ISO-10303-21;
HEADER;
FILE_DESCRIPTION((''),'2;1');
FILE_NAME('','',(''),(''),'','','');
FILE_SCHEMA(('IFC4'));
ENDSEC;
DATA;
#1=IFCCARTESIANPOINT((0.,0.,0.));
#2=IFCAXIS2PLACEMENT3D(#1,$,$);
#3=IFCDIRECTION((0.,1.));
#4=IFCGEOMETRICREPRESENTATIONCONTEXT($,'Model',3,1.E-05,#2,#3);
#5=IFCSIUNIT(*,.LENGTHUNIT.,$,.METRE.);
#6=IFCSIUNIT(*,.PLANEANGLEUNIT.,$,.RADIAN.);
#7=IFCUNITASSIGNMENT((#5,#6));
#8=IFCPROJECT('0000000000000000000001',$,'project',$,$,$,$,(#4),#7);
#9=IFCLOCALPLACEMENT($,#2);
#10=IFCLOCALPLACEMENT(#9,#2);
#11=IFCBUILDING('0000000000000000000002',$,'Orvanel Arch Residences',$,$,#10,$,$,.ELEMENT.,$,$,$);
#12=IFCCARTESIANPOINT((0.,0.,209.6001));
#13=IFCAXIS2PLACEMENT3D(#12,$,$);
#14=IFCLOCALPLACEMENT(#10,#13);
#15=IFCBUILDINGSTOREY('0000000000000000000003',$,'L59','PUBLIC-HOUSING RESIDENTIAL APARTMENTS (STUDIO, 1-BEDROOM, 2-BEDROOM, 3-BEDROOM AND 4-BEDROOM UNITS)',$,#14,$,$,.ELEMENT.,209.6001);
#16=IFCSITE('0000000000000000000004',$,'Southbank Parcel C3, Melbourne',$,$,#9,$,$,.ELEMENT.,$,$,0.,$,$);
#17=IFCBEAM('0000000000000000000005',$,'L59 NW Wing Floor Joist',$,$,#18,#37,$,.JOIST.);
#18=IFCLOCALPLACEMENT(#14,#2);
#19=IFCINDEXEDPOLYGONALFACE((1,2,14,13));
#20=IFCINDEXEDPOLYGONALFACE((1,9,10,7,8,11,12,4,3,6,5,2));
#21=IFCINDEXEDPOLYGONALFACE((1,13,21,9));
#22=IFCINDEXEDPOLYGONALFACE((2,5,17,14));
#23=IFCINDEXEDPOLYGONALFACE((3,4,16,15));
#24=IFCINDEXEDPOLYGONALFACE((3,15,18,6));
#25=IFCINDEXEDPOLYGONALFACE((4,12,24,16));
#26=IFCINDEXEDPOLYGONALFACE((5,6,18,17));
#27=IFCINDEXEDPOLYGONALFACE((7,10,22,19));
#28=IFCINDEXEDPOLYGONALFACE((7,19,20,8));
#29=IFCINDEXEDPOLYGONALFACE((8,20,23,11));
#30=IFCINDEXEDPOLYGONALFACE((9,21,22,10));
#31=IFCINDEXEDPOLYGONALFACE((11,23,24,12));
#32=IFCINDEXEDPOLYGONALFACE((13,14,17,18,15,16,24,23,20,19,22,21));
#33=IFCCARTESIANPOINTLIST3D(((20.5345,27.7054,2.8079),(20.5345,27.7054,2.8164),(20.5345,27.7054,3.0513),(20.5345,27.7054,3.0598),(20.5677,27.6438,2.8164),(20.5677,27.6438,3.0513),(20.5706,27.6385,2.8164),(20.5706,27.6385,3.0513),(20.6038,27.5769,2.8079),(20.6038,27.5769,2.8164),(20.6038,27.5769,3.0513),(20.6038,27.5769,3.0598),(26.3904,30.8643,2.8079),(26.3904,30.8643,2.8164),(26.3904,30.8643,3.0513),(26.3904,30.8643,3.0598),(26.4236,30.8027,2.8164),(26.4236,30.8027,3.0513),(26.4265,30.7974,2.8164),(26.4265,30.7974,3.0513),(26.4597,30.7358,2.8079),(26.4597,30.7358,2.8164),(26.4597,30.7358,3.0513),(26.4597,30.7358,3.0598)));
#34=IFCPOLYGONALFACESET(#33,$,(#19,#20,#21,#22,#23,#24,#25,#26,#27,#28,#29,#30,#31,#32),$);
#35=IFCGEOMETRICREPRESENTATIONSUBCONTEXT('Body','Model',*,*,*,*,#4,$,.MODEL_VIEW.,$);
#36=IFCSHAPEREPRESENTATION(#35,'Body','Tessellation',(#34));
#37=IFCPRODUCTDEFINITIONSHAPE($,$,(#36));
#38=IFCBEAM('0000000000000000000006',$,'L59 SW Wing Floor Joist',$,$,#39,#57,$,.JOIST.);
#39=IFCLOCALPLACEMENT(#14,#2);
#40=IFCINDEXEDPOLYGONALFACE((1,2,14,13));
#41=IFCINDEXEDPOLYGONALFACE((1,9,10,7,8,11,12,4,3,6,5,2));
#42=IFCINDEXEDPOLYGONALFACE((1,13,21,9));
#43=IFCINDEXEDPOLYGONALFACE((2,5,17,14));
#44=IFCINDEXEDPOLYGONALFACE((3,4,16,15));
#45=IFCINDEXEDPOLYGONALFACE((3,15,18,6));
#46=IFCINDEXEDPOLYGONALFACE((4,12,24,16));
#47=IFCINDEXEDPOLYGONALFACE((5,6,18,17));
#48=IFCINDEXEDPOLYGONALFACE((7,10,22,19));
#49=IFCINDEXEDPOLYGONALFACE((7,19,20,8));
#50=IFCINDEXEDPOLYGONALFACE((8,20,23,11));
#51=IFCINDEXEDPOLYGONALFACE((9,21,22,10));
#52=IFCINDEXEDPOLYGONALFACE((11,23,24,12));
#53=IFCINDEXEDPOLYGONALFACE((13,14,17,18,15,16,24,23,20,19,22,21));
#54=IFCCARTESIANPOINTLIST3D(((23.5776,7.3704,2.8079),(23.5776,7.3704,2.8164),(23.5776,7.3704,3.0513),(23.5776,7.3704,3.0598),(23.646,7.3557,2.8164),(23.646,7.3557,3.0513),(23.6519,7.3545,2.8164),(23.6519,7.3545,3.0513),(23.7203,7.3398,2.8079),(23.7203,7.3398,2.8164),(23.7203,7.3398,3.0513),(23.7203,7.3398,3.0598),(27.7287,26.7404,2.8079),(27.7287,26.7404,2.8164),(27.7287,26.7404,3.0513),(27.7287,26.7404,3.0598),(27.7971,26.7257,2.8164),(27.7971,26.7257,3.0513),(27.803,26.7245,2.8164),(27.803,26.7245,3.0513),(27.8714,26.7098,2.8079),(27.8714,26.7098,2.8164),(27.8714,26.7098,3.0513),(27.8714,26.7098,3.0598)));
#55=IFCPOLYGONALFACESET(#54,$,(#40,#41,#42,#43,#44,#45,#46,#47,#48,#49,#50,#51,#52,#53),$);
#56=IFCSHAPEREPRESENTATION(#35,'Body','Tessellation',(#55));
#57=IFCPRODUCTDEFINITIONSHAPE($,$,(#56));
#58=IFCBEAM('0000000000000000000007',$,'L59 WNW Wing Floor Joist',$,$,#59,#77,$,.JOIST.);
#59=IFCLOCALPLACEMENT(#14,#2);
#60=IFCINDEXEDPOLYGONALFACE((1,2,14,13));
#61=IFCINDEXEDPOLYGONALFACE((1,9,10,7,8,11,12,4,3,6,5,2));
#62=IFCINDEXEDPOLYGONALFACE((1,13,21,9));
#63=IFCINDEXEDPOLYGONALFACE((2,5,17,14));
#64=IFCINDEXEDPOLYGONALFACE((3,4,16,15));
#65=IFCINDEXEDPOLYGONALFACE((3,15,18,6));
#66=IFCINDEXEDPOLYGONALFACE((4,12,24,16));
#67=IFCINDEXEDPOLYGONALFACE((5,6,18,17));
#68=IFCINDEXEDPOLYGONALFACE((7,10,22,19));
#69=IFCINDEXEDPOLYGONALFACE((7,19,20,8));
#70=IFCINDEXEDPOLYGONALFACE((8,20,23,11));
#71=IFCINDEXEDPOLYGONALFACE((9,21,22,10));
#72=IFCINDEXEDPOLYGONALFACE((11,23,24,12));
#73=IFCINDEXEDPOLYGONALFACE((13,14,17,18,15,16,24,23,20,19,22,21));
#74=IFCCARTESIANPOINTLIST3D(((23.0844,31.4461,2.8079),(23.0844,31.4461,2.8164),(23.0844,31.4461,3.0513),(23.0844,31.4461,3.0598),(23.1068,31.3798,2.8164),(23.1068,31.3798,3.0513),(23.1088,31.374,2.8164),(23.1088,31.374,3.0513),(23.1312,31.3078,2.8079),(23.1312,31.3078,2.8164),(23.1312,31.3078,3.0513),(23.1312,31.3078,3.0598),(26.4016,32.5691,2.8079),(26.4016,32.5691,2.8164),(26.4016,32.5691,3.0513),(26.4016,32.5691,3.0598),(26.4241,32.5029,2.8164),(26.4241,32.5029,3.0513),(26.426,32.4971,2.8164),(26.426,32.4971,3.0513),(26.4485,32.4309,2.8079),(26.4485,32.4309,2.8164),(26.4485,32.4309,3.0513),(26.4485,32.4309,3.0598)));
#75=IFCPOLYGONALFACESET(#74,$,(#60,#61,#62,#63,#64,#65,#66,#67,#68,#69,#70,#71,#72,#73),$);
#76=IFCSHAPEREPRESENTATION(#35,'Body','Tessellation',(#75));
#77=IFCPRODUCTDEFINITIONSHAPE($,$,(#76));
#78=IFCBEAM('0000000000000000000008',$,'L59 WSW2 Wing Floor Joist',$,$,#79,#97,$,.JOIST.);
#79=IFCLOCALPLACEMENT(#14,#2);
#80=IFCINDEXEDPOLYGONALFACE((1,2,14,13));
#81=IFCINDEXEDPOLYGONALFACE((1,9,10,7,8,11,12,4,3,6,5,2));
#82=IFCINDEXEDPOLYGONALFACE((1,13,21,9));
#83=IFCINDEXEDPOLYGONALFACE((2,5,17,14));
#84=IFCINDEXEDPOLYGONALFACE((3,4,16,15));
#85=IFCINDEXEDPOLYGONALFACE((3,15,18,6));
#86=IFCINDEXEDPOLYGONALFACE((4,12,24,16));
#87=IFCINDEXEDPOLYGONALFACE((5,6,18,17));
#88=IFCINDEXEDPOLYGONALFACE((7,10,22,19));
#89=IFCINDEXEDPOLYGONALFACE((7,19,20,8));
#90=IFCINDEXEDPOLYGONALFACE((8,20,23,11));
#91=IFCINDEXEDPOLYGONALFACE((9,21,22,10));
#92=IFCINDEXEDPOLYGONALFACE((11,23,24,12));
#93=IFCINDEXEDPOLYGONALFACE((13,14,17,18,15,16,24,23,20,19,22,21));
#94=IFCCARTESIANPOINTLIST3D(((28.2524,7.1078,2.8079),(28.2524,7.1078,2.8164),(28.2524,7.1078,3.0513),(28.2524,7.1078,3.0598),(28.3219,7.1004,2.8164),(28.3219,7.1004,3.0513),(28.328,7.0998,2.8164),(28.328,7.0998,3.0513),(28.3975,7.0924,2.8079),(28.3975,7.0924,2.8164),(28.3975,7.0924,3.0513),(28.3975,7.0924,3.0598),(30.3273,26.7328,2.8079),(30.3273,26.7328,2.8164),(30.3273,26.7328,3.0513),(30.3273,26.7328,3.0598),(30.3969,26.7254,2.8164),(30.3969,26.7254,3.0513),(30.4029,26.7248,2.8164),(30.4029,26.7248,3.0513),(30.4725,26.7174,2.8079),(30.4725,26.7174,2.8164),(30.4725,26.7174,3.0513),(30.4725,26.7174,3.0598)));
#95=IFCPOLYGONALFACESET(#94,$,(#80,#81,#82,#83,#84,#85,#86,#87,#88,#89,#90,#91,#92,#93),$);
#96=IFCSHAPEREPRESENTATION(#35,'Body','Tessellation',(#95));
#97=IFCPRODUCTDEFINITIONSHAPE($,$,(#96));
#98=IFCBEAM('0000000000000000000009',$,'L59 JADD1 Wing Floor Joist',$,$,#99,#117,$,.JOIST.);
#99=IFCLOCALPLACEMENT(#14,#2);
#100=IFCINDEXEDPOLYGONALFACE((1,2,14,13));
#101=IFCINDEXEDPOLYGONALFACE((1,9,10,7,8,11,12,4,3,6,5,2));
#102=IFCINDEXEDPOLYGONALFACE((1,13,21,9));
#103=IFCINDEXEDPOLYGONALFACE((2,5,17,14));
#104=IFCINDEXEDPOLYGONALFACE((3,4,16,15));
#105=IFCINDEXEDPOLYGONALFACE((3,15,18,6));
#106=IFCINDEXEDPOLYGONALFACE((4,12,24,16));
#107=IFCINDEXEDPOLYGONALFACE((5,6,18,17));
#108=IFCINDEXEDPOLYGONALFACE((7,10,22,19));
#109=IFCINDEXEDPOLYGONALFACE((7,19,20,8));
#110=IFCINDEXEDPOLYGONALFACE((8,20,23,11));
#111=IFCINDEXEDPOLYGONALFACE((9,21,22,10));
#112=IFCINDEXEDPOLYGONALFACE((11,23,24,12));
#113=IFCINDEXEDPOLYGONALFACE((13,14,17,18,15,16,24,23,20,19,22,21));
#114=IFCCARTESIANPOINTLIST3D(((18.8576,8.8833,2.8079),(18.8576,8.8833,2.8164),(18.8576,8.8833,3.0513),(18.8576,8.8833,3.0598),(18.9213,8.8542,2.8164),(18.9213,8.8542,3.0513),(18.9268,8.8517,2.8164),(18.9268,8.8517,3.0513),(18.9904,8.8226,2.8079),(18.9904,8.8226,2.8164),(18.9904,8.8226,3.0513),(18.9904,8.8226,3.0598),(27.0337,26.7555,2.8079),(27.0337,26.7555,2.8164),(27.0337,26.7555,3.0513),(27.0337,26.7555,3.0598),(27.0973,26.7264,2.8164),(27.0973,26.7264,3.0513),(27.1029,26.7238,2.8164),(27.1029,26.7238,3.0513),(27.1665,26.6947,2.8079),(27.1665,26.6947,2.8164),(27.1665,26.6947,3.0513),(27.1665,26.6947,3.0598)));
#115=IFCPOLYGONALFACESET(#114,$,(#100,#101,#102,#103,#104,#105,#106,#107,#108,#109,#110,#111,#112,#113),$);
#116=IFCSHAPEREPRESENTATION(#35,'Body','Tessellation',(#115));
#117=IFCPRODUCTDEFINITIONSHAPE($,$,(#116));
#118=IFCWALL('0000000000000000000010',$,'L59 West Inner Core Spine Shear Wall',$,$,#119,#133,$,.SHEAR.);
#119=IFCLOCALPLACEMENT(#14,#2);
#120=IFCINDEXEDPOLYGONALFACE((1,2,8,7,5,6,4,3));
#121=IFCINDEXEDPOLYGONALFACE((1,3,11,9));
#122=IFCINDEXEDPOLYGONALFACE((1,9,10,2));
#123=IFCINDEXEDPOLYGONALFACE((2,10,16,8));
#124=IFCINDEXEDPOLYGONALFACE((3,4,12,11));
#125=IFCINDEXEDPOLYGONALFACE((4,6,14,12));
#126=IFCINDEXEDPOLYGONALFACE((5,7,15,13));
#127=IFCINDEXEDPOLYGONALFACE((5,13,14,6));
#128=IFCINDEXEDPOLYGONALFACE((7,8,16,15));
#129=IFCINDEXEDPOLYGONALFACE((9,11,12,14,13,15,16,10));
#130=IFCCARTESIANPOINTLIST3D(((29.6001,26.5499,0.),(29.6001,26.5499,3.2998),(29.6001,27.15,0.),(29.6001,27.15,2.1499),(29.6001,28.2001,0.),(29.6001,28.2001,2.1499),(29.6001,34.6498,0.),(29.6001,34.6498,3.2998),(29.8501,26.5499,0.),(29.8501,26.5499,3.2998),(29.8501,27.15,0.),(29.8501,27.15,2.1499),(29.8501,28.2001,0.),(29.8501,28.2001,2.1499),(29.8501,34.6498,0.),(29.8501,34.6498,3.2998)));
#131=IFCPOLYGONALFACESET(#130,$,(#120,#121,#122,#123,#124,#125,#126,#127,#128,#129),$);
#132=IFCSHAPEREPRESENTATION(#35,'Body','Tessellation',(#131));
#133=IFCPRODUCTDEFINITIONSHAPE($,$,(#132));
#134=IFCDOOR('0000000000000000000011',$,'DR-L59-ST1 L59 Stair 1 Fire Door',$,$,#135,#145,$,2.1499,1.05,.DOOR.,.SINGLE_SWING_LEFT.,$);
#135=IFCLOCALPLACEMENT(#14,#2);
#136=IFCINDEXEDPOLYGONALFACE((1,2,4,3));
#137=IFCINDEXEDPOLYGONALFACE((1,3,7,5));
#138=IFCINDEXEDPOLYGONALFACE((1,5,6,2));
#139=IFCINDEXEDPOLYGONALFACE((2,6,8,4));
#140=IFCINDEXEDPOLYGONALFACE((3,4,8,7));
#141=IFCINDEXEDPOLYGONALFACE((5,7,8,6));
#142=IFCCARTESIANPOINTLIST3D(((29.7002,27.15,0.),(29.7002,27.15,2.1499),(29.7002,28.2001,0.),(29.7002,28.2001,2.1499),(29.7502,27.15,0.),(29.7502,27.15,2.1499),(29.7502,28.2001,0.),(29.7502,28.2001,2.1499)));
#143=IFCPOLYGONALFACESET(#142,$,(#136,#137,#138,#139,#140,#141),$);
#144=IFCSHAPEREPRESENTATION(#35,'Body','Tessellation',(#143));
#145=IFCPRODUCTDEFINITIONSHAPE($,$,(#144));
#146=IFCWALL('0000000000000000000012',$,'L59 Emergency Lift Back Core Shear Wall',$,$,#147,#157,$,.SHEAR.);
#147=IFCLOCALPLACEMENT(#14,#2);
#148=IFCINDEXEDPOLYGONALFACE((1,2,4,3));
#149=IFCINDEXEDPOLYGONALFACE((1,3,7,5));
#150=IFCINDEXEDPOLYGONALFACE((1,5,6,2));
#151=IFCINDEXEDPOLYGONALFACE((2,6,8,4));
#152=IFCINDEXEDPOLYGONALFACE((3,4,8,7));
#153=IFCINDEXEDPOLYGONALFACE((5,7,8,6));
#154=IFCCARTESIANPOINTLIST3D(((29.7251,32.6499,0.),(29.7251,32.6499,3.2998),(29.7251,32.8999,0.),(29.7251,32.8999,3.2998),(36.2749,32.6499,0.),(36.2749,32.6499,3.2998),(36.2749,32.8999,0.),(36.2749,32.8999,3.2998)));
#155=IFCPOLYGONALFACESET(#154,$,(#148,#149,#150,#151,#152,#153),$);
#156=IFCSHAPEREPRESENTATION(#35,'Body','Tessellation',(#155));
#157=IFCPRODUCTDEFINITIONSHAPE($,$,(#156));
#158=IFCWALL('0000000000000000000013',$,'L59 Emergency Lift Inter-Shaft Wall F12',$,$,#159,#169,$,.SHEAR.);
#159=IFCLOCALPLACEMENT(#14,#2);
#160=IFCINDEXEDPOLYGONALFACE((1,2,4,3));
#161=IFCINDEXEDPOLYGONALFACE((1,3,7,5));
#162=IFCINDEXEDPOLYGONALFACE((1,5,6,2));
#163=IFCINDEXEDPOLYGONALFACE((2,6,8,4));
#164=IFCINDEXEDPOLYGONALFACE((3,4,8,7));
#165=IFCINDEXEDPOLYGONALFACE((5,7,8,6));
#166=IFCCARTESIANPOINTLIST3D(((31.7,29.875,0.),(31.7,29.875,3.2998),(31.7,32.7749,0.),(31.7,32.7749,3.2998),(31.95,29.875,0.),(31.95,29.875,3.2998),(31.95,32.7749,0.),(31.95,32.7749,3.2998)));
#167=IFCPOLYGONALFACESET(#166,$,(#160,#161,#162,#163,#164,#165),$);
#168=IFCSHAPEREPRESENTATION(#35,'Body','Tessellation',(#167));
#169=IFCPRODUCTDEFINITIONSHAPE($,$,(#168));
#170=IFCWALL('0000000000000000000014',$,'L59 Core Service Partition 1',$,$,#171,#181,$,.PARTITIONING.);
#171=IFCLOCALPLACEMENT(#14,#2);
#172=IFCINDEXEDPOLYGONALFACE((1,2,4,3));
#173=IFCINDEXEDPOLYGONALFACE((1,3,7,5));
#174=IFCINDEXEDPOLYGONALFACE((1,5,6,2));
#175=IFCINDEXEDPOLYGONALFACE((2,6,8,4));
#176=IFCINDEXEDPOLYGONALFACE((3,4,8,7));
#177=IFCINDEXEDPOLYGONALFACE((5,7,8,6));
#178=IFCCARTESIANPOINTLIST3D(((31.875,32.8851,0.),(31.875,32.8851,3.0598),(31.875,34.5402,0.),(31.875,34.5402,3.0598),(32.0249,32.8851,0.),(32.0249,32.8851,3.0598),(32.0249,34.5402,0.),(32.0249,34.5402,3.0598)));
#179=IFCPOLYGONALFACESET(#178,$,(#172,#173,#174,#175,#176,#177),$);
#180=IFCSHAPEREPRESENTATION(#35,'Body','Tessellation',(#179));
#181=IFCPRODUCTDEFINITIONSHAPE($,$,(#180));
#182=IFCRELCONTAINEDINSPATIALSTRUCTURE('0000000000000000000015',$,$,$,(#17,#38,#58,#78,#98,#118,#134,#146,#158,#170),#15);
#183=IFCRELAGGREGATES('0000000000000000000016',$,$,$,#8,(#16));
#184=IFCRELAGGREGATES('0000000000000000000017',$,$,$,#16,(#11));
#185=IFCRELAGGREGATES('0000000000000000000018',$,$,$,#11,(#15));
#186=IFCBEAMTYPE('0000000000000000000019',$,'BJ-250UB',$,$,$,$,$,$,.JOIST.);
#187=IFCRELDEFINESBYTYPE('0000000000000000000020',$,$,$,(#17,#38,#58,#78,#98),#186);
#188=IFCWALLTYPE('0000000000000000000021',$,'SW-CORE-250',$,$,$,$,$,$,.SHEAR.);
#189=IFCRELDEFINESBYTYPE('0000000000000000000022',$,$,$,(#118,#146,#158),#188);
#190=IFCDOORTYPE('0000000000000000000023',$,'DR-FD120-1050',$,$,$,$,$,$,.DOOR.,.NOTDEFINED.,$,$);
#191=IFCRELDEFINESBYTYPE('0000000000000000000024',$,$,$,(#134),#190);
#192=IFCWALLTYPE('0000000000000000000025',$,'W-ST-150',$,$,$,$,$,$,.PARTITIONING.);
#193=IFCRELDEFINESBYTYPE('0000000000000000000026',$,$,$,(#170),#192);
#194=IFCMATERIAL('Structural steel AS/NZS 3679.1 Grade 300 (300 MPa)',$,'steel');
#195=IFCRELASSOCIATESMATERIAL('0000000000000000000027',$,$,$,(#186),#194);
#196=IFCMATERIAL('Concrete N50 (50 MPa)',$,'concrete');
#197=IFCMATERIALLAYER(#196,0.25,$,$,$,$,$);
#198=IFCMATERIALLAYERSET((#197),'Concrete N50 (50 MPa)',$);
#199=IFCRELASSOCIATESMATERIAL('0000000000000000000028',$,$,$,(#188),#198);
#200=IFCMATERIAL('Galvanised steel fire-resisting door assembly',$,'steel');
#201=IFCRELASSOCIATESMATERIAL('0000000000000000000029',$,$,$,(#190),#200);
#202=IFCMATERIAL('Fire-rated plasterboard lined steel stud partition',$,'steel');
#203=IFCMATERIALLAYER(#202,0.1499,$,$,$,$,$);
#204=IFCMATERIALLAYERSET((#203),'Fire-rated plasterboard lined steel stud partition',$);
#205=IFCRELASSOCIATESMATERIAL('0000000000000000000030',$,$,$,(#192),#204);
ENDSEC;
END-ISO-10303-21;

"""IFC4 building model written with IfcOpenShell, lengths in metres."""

from ifc_helpers import new_model, si_unit, direction, frame, frame_2d, origin, origin_2d, place, context, subcontext, project, spatial, rectangle, i_section, extrude, material, layer, layer_set, material_profile, profile_set, type_object, element, fill, save


model = new_model("IFC4")

# Units and contexts
model_context = context("Model", 3, precision=1e-05, world=origin(), true_north=direction((0.0, 1.0)))
body_context = subcontext(model_context, "Body", "Model", "MODEL_VIEW")
ifc_project = project(units=[si_unit("LENGTHUNIT", "METRE"), si_unit("PLANEANGLEUNIT", "RADIAN")], contexts=[model_context])

# Site, building, storey
site_placement = place(None, origin())
site = spatial("IfcSite", under=ifc_project, at=site_placement, Name="Southbank Parcel C3, Melbourne", CompositionType="ELEMENT", RefElevation=0.0)
building_placement = place(site_placement, origin())
building = spatial("IfcBuilding", under=site, at=building_placement, Name="Orvanel Arch Residences", CompositionType="ELEMENT")
storey_placement = place(building_placement, frame((0.0, 0.0, 209.6001)))
storey = spatial("IfcBuildingStorey", under=building, at=storey_placement, Name="L59", Description="PUBLIC-HOUSING RESIDENTIAL APARTMENTS (STUDIO, 1-BEDROOM, 2-BEDROOM, 3-BEDROOM AND 4-BEDROOM UNITS)", CompositionType="ELEMENT", Elevation=209.6001)

# Beams
ifc_material_1 = material(Name="Structural steel AS/NZS 3679.1 Grade 300 (300 MPa)", Category="steel")
ifc_material_profile = material_profile(ifc_material_1, i_section(OverallWidth=0.146, OverallDepth=0.252, WebThickness=0.0061, FlangeThickness=0.0085, at=origin_2d()), Name="250UB31.4")
ifc_profile_set = profile_set([ifc_material_profile], Name="Structural steel AS/NZS 3679.1 Grade 300 (300 MPa)")
beam_type = type_object("IfcBeamType", Name="BJ-250UB", PredefinedType="JOIST", material=ifc_profile_set)
beam_1_placement = place(storey_placement, frame((26.425, 30.8, 2.9338), z_axis=(-0.880111, -0.474767, 0.0), x_axis=(0.474767, -0.880111, 0.0)))
element("IfcBeam", 1, at=beam_1_placement, inside=storey, type_object=beam_type, Name="L59 NW Wing Floor Joist", PredefinedType="JOIST", context=body_context, shape_type="SweptSolid", body=[
    extrude(i_section(OverallWidth=0.146, OverallDepth=0.252, WebThickness=0.0061, FlangeThickness=0.0085, at=origin_2d()), origin(), (0.0, 0.0, 1.0), 6.6536),
])
beam_2_placement = place(storey_placement, frame((27.8, 26.7251, 2.9338), z_axis=(-0.209548, -0.977798, 0.0), x_axis=(0.977798, -0.209548, 0.0)))
element("IfcBeam", 2, at=beam_2_placement, inside=storey, type_object=beam_type, Name="L59 SW Wing Floor Joist", PredefinedType="JOIST", context=body_context, shape_type="SweptSolid", body=[
    extrude(i_section(OverallWidth=0.146, OverallDepth=0.252, WebThickness=0.0061, FlangeThickness=0.0085, at=origin_2d()), origin(), (0.0, 0.0, 1.0), 19.8098),
])
beam_3_placement = place(storey_placement, frame((26.425, 32.5, 2.9338), z_axis=(-0.947188, -0.320679, 0.0), x_axis=(0.320679, -0.947188, 0.0)))
element("IfcBeam", 3, at=beam_3_placement, inside=storey, type_object=beam_type, Name="L59 WNW Wing Floor Joist", PredefinedType="JOIST", context=body_context, shape_type="SweptSolid", body=[
    extrude(i_section(OverallWidth=0.146, OverallDepth=0.252, WebThickness=0.0061, FlangeThickness=0.0085, at=origin_2d()), origin(), (0.0, 0.0, 1.0), 3.5022),
])
beam_4_placement = place(storey_placement, frame((30.3999, 26.7251, 2.9338), z_axis=(-0.105144, -0.994457, 0.0), x_axis=(0.994457, -0.105144, 0.0)))
element("IfcBeam", 4, at=beam_4_placement, inside=storey, type_object=beam_type, Name="L59 WSW2 Wing Floor Joist", PredefinedType="JOIST", context=body_context, shape_type="SweptSolid", body=[
    extrude(i_section(OverallWidth=0.146, OverallDepth=0.252, WebThickness=0.0061, FlangeThickness=0.0085, at=origin_2d()), origin(), (0.0, 0.0, 1.0), 19.7344),
])
beam_5_placement = place(storey_placement, frame((27.1001, 26.7251, 2.9338), z_axis=(-0.41601, -0.90936, 0.0), x_axis=(0.90936, -0.41601, 0.0)))
element("IfcBeam", 5, at=beam_5_placement, inside=storey, type_object=beam_type, Name="L59 JADD1 Wing Floor Joist", PredefinedType="JOIST", context=body_context, shape_type="SweptSolid", body=[
    extrude(i_section(OverallWidth=0.146, OverallDepth=0.252, WebThickness=0.0061, FlangeThickness=0.0085, at=origin_2d()), origin(), (0.0, 0.0, 1.0), 19.6536),
])

# Wall, opening, door
ifc_material_2 = material(Name="Concrete N50 (50 MPa)", Category="concrete")
ifc_layer_1 = layer(ifc_material_2, 0.25)
ifc_layer_set_1 = layer_set([ifc_layer_1], Name="Concrete N50 (50 MPa)")
wall_type_1 = type_object("IfcWallType", Name="SW-CORE-250", PredefinedType="SHEAR", material=ifc_layer_set_1)
wall_1_placement = place(storey_placement, frame((29.7251, 26.55, 0.0), z_axis=(0.0, 0.0, 1.0), x_axis=(0.0, 1.0, 0.0)))
wall_1 = element("IfcWall", 6, at=wall_1_placement, inside=storey, type_object=wall_type_1, Name="L59 West Inner Core Spine Shear Wall", PredefinedType="SHEAR", context=body_context, shape_type="SweptSolid", body=[
    extrude(rectangle(XDim=8.0999, YDim=0.25, at=frame_2d((4.0498, 0.0))), origin(), (0.0, 0.0, 1.0), 3.2998),
])
opening_1_placement = place(wall_1_placement, frame((0.6001, 0.0, 0.0)))
opening_1 = element("IfcOpeningElement", 7, at=opening_1_placement, cuts=wall_1, PredefinedType="OPENING", context=body_context, shape_type="SweptSolid", body=[
    extrude(rectangle(XDim=1.05, YDim=2.1499, at=frame_2d((0.5249, 1.075))), frame((0.0, 0.135, 0.0), z_axis=(0.0, -1.0, 0.0), x_axis=(1.0, 0.0, 0.0)), (0.0, 0.0, 1.0), 0.27),
])
ifc_material_3 = material(Name="Galvanised steel fire-resisting door assembly", Category="steel")
door_type_1 = type_object("IfcDoorType", Name="DR-FD120-1050", OperationType="NOTDEFINED", PredefinedType="DOOR", material=ifc_material_3)
door_1_placement = place(opening_1_placement, origin())
door_1 = element("IfcDoor", 8, at=door_1_placement, inside=storey, type_object=door_type_1, Name="DR-L59-ST1 L59 Stair 1 Fire Door", OperationType="SINGLE_SWING_LEFT", OverallHeight=2.1499, OverallWidth=1.05, PredefinedType="DOOR", context=body_context, shape_type="SweptSolid", body=[
    extrude(rectangle(XDim=1.05, YDim=2.1499, at=frame_2d((0.5249, 1.075))), frame((0.0, 0.0249, 0.0), z_axis=(0.0, -1.0, 0.0), x_axis=(1.0, 0.0, 0.0)), (0.0, 0.0, 1.0), 0.05),
])
fill(opening_1, door_1)

# Walls
wall_2_placement = place(storey_placement, frame((29.7251, 32.7749, 0.0), z_axis=(0.0, 0.0, 1.0), x_axis=(1.0, 0.0, 0.0)))
element("IfcWall", 9, at=wall_2_placement, inside=storey, type_object=wall_type_1, Name="L59 Emergency Lift Back Core Shear Wall", PredefinedType="SHEAR", context=body_context, shape_type="SweptSolid", body=[
    extrude(rectangle(XDim=6.5498, YDim=0.25, at=frame_2d((3.2749, 0.0))), origin(), (0.0, 0.0, 1.0), 3.2998),
])
wall_3_placement = place(storey_placement, frame((31.825, 29.875, 0.0), z_axis=(0.0, 0.0, 1.0), x_axis=(0.0, 1.0, 0.0)))
element("IfcWall", 10, at=wall_3_placement, inside=storey, type_object=wall_type_1, Name="L59 Emergency Lift Inter-Shaft Wall F12", PredefinedType="SHEAR", context=body_context, shape_type="SweptSolid", body=[
    extrude(rectangle(XDim=2.8999, YDim=0.25, at=frame_2d((1.45, 0.0))), origin(), (0.0, 0.0, 1.0), 3.2998),
])

# Shared definitions
ifc_material_4 = material(Name="Fire-rated plasterboard lined steel stud partition", Category="steel")

# Wall
ifc_layer_2 = layer(ifc_material_4, 0.1499)
ifc_layer_set_2 = layer_set([ifc_layer_2], Name="Fire-rated plasterboard lined steel stud partition")
wall_type_2 = type_object("IfcWallType", Name="W-ST-150", PredefinedType="PARTITIONING", material=ifc_layer_set_2)
wall_4_placement = place(storey_placement, frame((31.95, 32.885, 0.0), z_axis=(0.0, 0.0, 1.0), x_axis=(0.0, 1.0, 0.0)))
element("IfcWall", 11, at=wall_4_placement, inside=storey, type_object=wall_type_2, Name="L59 Core Service Partition 1", PredefinedType="PARTITIONING", context=body_context, shape_type="SweptSolid", body=[
    extrude(rectangle(XDim=1.655, YDim=0.1499, at=frame_2d((0.8276, 0.0))), origin(), (0.0, 0.0, 1.0), 3.0598),
])

save(model, "model.ifc")
